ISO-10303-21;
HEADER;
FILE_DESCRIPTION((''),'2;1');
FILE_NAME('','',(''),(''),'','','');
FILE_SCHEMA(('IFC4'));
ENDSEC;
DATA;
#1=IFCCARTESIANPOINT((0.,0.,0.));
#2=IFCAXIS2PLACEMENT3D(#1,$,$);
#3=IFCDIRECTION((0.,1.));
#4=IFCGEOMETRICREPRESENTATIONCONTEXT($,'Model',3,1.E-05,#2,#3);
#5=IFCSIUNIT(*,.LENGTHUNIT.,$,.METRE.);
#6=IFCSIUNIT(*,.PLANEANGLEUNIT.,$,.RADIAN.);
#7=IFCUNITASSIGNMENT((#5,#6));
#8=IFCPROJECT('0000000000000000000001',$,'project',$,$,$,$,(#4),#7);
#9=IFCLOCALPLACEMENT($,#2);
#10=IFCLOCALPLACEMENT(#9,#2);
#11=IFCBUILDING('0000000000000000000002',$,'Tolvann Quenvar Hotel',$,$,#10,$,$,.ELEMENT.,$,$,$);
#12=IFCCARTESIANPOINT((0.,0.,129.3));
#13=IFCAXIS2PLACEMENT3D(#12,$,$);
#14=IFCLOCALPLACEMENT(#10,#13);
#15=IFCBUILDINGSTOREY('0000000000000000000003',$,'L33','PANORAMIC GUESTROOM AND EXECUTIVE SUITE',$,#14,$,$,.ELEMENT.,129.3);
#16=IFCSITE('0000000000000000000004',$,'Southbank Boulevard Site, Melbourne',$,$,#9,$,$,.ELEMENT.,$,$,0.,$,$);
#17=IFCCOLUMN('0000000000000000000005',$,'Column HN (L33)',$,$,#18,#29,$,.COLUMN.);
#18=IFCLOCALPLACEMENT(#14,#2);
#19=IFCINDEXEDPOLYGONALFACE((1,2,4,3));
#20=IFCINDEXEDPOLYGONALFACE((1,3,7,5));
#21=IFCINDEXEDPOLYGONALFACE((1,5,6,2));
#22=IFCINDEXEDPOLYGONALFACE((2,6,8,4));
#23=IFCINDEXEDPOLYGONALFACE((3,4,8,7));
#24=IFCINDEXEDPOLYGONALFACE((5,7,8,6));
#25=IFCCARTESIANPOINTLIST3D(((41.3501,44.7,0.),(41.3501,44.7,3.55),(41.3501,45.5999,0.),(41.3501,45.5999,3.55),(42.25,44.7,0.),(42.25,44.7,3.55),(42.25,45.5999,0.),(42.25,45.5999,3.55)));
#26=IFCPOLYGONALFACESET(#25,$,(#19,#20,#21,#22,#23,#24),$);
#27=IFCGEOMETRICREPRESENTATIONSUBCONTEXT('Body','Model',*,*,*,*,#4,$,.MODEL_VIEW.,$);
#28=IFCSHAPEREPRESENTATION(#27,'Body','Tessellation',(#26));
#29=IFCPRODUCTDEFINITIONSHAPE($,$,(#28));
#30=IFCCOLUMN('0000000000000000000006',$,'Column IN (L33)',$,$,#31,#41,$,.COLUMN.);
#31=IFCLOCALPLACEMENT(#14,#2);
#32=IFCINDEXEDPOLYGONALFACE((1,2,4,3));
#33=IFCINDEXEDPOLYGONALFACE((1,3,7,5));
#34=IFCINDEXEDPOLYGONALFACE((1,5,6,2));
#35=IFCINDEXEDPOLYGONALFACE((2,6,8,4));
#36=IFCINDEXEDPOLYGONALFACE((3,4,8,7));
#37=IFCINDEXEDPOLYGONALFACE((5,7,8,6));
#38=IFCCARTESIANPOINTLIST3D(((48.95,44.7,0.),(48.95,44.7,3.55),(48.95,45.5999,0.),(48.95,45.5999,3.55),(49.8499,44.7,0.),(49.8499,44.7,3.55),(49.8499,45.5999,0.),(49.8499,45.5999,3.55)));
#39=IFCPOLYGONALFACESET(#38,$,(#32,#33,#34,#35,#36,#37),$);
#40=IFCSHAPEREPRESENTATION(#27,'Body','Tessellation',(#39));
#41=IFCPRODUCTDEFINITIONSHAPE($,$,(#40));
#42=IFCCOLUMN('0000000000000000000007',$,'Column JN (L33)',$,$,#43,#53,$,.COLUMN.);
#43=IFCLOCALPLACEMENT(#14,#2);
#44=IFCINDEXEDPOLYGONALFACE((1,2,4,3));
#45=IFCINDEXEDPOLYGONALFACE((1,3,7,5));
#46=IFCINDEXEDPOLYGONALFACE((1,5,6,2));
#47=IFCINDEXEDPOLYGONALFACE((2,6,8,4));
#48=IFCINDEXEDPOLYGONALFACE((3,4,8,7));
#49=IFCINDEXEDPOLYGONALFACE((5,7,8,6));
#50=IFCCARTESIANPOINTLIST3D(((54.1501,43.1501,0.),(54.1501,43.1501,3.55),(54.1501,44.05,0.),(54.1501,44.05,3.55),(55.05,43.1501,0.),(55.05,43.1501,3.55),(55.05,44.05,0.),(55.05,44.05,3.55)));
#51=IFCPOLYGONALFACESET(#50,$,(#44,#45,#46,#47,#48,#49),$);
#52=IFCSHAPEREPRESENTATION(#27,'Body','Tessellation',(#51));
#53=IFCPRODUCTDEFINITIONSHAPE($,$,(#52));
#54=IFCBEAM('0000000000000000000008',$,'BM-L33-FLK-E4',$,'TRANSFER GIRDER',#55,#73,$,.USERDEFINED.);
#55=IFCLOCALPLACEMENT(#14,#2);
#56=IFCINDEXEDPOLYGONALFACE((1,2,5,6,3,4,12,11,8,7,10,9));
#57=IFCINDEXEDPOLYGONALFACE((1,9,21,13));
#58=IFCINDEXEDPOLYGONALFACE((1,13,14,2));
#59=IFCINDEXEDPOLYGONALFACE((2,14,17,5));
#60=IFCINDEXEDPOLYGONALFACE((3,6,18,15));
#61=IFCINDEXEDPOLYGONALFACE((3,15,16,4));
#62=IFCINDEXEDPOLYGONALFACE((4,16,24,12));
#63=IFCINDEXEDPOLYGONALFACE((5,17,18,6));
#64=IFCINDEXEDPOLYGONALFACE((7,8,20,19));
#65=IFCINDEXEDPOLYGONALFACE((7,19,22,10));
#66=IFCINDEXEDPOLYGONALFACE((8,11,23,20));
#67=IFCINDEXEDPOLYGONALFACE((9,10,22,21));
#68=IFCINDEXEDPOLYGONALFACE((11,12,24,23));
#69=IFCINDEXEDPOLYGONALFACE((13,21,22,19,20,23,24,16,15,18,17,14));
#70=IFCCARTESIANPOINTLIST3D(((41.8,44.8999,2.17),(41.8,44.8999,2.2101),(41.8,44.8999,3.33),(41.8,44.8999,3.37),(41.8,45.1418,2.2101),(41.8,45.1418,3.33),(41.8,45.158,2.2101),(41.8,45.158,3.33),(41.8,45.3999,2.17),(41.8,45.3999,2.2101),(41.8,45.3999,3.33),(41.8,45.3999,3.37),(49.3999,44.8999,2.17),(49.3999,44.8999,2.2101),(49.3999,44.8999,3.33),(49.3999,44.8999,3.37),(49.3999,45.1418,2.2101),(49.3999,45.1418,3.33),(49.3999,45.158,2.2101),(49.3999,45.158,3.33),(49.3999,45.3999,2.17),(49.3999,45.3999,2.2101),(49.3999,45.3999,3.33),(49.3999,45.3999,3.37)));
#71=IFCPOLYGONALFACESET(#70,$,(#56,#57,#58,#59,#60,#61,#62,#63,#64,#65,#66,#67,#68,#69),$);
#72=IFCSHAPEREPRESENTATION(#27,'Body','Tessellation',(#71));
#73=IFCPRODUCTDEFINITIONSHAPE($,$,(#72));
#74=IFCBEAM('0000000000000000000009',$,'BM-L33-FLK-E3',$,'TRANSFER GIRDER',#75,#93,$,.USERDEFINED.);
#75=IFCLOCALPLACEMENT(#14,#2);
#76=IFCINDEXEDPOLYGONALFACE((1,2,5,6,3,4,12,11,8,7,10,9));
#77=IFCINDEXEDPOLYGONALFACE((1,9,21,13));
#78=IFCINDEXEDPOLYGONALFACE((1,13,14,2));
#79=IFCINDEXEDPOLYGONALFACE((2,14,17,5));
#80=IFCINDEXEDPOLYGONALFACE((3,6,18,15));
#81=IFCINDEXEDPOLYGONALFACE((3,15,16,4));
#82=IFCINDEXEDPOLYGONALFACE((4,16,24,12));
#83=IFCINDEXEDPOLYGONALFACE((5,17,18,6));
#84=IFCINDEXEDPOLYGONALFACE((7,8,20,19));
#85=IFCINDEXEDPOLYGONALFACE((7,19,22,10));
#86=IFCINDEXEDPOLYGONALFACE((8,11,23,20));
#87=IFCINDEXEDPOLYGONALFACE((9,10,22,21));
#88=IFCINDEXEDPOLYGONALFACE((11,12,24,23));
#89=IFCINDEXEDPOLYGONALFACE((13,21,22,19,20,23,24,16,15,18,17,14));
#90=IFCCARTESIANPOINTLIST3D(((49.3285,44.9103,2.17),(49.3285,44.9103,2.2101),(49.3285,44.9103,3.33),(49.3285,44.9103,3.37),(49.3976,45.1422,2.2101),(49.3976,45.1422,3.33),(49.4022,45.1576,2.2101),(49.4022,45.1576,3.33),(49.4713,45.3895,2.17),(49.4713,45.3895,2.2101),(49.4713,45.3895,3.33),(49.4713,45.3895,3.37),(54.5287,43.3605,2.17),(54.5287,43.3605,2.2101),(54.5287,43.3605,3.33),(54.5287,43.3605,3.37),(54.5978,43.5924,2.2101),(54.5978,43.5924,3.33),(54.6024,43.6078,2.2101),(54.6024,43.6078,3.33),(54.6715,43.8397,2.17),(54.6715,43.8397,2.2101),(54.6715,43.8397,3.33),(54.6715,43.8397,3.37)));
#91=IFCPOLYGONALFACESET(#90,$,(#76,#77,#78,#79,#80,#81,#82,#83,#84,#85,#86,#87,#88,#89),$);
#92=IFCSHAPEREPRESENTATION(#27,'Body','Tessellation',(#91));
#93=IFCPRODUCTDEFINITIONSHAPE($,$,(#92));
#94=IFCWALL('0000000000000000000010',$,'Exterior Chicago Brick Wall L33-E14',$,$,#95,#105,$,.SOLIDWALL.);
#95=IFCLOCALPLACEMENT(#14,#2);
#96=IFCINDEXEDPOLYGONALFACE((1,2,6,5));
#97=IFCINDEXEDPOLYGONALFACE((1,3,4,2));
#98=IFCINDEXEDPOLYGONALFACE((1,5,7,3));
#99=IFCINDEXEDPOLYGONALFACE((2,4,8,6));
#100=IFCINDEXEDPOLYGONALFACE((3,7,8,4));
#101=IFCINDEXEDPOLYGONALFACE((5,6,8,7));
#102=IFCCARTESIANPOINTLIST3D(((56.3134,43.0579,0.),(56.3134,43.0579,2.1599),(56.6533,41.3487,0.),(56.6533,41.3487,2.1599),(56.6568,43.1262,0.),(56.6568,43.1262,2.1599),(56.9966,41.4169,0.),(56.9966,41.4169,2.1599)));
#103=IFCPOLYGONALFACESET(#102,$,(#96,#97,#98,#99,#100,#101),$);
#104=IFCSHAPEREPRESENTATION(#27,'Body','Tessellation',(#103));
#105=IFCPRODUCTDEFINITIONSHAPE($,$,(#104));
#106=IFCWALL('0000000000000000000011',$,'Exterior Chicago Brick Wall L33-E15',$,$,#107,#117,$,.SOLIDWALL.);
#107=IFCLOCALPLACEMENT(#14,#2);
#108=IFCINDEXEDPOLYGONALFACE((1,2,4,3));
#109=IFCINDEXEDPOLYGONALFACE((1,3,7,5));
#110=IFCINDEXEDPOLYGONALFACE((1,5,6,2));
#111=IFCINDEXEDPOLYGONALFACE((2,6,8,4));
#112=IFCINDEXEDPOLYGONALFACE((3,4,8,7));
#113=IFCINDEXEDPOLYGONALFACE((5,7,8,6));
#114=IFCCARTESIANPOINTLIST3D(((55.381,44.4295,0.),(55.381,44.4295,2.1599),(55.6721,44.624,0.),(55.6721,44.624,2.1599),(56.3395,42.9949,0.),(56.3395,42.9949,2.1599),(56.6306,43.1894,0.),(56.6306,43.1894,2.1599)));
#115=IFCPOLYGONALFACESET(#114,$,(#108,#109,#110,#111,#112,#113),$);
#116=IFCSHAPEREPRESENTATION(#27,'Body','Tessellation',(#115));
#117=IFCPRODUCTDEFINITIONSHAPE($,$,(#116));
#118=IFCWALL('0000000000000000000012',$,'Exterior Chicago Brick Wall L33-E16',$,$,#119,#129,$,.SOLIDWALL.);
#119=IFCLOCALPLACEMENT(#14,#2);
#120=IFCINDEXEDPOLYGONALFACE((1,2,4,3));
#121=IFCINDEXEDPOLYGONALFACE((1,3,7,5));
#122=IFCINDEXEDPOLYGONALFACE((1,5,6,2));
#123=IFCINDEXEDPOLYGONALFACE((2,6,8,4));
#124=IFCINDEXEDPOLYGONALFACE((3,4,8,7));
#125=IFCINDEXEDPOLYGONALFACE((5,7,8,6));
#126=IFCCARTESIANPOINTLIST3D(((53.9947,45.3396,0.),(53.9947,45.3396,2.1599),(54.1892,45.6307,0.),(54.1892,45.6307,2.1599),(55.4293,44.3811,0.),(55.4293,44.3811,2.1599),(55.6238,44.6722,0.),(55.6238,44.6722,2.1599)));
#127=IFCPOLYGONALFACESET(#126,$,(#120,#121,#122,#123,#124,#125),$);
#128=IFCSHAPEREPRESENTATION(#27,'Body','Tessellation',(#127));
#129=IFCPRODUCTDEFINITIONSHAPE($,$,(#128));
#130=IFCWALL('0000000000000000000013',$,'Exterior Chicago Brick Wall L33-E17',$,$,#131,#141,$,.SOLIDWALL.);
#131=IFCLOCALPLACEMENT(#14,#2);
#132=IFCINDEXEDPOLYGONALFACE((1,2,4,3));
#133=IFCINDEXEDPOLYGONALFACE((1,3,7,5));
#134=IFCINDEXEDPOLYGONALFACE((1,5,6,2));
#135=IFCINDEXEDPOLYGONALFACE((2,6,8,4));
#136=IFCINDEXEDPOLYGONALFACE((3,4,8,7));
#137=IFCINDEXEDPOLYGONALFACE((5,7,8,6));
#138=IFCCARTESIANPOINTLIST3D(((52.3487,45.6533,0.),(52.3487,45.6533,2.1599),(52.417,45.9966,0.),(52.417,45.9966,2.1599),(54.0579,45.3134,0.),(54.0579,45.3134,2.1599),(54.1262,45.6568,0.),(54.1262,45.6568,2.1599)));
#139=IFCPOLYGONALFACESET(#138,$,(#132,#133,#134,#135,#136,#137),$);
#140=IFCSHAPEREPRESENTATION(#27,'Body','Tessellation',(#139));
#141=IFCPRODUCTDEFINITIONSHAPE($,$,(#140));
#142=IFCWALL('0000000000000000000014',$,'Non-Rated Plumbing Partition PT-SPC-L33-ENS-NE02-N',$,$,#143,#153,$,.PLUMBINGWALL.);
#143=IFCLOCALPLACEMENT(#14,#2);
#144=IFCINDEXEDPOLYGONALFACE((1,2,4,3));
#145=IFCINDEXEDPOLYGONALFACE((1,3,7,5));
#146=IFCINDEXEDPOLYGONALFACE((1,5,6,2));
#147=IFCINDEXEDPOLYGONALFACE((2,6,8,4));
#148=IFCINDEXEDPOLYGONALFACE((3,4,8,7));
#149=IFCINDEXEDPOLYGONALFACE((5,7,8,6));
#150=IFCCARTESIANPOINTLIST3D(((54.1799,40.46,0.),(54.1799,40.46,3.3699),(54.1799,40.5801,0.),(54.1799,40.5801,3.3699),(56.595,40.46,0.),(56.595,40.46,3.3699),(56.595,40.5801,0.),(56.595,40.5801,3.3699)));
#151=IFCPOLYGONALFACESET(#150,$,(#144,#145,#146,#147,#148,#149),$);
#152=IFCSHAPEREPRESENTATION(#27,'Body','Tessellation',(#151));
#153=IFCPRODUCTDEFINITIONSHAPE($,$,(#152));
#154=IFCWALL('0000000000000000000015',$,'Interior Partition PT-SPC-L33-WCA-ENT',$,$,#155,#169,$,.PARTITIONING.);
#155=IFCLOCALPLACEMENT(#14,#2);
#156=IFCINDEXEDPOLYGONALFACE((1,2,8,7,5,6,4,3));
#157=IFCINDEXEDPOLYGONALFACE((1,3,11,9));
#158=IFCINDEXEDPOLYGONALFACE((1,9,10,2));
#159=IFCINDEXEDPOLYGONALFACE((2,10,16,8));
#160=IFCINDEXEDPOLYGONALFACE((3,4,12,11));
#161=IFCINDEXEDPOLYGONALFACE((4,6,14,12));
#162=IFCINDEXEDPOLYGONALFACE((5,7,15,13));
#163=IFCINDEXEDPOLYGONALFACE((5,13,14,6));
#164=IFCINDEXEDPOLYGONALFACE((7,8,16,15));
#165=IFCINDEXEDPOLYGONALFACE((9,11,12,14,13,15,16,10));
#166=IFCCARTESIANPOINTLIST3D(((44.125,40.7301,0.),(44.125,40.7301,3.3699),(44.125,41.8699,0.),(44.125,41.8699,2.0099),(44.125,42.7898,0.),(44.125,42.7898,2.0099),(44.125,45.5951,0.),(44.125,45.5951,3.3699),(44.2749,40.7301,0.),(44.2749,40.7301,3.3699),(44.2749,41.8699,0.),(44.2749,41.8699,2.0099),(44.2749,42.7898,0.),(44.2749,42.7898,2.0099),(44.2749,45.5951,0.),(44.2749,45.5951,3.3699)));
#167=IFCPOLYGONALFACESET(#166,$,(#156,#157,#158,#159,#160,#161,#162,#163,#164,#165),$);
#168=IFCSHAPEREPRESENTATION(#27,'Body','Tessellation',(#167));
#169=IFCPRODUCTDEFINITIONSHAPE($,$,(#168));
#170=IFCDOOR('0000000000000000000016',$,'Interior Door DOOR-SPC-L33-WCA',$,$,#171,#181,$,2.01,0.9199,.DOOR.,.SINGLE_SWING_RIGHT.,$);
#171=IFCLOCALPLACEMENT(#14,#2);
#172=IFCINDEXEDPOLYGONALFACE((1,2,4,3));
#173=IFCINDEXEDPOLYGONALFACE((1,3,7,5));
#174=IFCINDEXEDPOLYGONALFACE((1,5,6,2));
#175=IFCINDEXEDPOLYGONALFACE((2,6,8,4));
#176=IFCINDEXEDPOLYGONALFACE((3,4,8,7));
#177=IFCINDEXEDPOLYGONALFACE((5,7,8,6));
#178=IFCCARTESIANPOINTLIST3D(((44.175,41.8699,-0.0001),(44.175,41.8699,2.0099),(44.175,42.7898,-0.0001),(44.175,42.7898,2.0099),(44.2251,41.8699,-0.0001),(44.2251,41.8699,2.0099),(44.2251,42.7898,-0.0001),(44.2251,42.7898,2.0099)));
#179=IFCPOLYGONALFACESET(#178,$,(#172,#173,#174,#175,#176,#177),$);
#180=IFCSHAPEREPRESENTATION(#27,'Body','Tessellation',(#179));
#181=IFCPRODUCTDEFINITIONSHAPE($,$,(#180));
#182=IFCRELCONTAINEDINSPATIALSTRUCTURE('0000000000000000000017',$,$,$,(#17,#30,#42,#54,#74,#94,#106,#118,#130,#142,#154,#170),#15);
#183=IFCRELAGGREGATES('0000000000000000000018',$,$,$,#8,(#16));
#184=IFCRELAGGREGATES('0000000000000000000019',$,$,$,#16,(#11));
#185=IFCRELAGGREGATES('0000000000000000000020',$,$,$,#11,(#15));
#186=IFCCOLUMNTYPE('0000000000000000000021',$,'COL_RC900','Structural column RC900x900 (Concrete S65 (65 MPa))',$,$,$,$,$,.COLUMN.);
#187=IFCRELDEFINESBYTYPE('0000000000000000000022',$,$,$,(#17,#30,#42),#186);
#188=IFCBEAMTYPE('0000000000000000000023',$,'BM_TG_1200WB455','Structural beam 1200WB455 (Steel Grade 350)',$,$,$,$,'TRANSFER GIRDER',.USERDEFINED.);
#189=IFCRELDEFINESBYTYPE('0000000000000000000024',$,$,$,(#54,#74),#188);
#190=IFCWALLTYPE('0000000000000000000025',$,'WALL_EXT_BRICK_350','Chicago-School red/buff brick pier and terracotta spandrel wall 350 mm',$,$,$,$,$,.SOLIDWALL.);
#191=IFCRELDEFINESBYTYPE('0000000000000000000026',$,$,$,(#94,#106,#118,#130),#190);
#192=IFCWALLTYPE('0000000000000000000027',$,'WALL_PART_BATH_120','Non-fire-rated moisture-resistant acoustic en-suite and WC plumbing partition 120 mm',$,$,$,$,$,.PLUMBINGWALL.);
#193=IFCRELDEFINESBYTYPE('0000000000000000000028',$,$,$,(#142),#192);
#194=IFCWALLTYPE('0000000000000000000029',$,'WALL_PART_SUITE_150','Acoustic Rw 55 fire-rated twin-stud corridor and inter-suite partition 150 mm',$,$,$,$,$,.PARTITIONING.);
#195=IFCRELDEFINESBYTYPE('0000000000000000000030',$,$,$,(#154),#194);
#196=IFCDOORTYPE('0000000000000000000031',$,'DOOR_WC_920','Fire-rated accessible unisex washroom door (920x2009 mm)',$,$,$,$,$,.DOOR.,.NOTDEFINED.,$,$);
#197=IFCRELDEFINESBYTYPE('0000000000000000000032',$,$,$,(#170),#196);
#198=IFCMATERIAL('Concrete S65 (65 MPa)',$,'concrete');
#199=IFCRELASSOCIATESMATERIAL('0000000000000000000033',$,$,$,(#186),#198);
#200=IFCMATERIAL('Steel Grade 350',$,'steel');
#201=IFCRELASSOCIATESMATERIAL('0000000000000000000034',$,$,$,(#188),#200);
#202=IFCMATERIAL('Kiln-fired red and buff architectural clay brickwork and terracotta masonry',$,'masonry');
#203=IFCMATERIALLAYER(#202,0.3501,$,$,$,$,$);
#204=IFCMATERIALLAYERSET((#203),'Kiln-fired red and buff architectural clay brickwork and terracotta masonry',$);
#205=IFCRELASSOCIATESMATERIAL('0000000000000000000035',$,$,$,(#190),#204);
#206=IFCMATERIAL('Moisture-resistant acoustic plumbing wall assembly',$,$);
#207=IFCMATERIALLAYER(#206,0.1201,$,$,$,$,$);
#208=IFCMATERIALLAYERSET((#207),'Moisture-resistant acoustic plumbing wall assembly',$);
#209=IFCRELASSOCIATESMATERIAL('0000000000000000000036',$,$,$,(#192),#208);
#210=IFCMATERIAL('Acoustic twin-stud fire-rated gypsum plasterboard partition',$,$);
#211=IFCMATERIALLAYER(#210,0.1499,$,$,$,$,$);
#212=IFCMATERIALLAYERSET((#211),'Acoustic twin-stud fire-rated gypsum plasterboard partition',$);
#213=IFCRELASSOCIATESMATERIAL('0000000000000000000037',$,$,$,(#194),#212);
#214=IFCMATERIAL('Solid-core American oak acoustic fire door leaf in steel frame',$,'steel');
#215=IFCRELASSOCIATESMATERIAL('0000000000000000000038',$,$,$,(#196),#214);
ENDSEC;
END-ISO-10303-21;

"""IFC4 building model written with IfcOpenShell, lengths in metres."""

from ifc_helpers import new_model, si_unit, direction, frame, frame_2d, origin, origin_2d, place, context, subcontext, project, spatial, rectangle, i_section, extrude, source, transform, mapped, material, layer, layer_set, material_profile, profile_set, type_object, type_shapes, element, fill, save


model = new_model("IFC4")

# Units and contexts
model_context = context("Model", 3, precision=1e-05, world=origin(), true_north=direction((0.0, 1.0)))
body_context = subcontext(model_context, "Body", "Model", "MODEL_VIEW")
ifc_project = project(units=[si_unit("LENGTHUNIT", "METRE"), si_unit("PLANEANGLEUNIT", "RADIAN")], contexts=[model_context])

# Site, building, storey
site_placement = place(None, origin())
site = spatial("IfcSite", under=ifc_project, at=site_placement, Name="Southbank Boulevard Site, Melbourne", CompositionType="ELEMENT", RefElevation=0.0)
building_placement = place(site_placement, origin())
building = spatial("IfcBuilding", under=site, at=building_placement, Name="Tolvann Quenvar Hotel", CompositionType="ELEMENT")
storey_placement = place(building_placement, frame((0.0, 0.0, 129.3)))
storey = spatial("IfcBuildingStorey", under=building, at=storey_placement, Name="L33", Description="PANORAMIC GUESTROOM AND EXECUTIVE SUITE", CompositionType="ELEMENT", Elevation=129.3)

# Columns
ifc_material_1 = material(Name="Concrete S65 (65 MPa)", Category="concrete")
ifc_material_profile_1 = material_profile(ifc_material_1, rectangle(XDim=0.8999, YDim=0.8999, at=origin_2d()), Name="RC900x900")
ifc_profile_set_1 = profile_set([ifc_material_profile_1], Name="Concrete S65 (65 MPa)")
column_type = type_object("IfcColumnType", Name="COL_RC900", Description="Structural column RC900x900 (Concrete S65 (65 MPa))", PredefinedType="COLUMN", material=ifc_profile_set_1)
shared_shape_1 = source(origin(), body_context, "Body", "SweptSolid", [
    extrude(rectangle(XDim=0.8999, YDim=0.8999, at=origin_2d()), origin(), (0.0, 0.0, 1.0), 3.55),
])
type_shapes(column_type, [shared_shape_1])
for number, where, z_axis, x_axis, name in (
    (1, (41.8, 45.1499, 0.0), (0.0, 0.0, 1.0), (1.0, 0.0, 0.0), "Column HN (L33)"),
    (2, (49.3999, 45.1499, 0.0), (0.0, 0.0, 1.0), (1.0, 0.0, 0.0), "Column IN (L33)"),
    (3, (54.6001, 43.6001, 0.0), (0.0, 0.0, 1.0), (1.0, 0.0, 0.0), "Column JN (L33)"),
):
    element("IfcColumn", number, at=place(storey_placement, frame(where, z_axis=z_axis, x_axis=x_axis)), inside=storey, type_object=column_type, Name=name, PredefinedType="COLUMN", context=body_context, shape_type="MappedRepresentation", body=[
        mapped(shared_shape_1, transform((0.0, 0.0, 0.0), x_axis=(1.0, 0.0, 0.0), y_axis=(0.0, 1.0, 0.0), z_axis=(0.0, 0.0, 1.0), scale=1.0)),
    ])

# Beams
ifc_material_2 = material(Name="Steel Grade 350", Category="steel")
ifc_material_profile_2 = material_profile(ifc_material_2, i_section(OverallWidth=0.5, OverallDepth=1.2, WebThickness=0.0161, FlangeThickness=0.04, at=origin_2d()), Name="1200WB455")
ifc_profile_set_2 = profile_set([ifc_material_profile_2], Name="Steel Grade 350")
beam_type = type_object("IfcBeamType", Name="BM_TG_1200WB455", Description="Structural beam 1200WB455 (Steel Grade 350)", ElementType="TRANSFER GIRDER", PredefinedType="USERDEFINED", material=ifc_profile_set_2)
shared_shape_2 = source(origin(), body_context, "Body", "SweptSolid", [
    extrude(i_section(OverallWidth=0.5, OverallDepth=1.2, WebThickness=0.0161, FlangeThickness=0.04, at=origin_2d()), origin(), (0.0, 0.0, 1.0), 7.5999),
])
beam_1_placement = place(storey_placement, frame((49.3999, 45.1499, 2.77), z_axis=(-1.0, 0.0, 0.0), x_axis=(0.0, -1.0, 0.0)))
element("IfcBeam", 4, at=beam_1_placement, inside=storey, type_object=beam_type, Name="BM-L33-FLK-E4", ObjectType="TRANSFER GIRDER", PredefinedType="USERDEFINED", context=body_context, shape_type="MappedRepresentation", body=[
    mapped(shared_shape_2, transform((0.0, 0.0, 0.0), x_axis=(1.0, 0.0, 0.0), y_axis=(0.0, 1.0, 0.0), z_axis=(0.0, 0.0, 1.0), scale=1.0)),
])
shared_shape_3 = source(origin(), body_context, "Body", "SweptSolid", [
    extrude(i_section(OverallWidth=0.5, OverallDepth=1.2, WebThickness=0.0161, FlangeThickness=0.04, at=origin_2d()), origin(), (0.0, 0.0, 1.0), 5.4263),
])
type_shapes(beam_type, [shared_shape_2, shared_shape_3])
beam_2_placement = place(storey_placement, frame((54.6001, 43.6001, 2.77), z_axis=(-0.958345, 0.285614, 0.0), x_axis=(-0.285614, -0.958345, 0.0)))
element("IfcBeam", 5, at=beam_2_placement, inside=storey, type_object=beam_type, Name="BM-L33-FLK-E3", ObjectType="TRANSFER GIRDER", PredefinedType="USERDEFINED", context=body_context, shape_type="MappedRepresentation", body=[
    mapped(shared_shape_3, transform((0.0, 0.0, 0.0), x_axis=(1.0, 0.0, 0.0), y_axis=(0.0, 1.0, 0.0), z_axis=(0.0, 0.0, 1.0), scale=1.0)),
])

# Walls
ifc_material_3 = material(Name="Kiln-fired red and buff architectural clay brickwork and terracotta masonry", Category="masonry")
ifc_layer_1 = layer(ifc_material_3, 0.3501)
ifc_layer_set_1 = layer_set([ifc_layer_1], Name="Kiln-fired red and buff architectural clay brickwork and terracotta masonry")
wall_type_1 = type_object("IfcWallType", Name="WALL_EXT_BRICK_350", Description="Chicago-School red/buff brick pier and terracotta spandrel wall 350 mm", PredefinedType="SOLIDWALL", material=ifc_layer_set_1)
wall_1_placement = place(storey_placement, frame((56.825, 41.3828, 0.0), z_axis=(0.0, 0.0, 1.0), x_axis=(-0.195011, 0.980801, 0.0)))
element("IfcWall", 6, at=wall_1_placement, inside=storey, type_object=wall_type_1, Name="Exterior Chicago Brick Wall L33-E14", PredefinedType="SOLIDWALL", context=body_context, shape_type="SweptSolid", body=[
    extrude(rectangle(XDim=1.7427, YDim=0.3501, at=frame_2d((0.8713, 0.0))), origin(), (0.0, 0.0, 1.0), 2.1599),
])
for number, where, z_axis, x_axis, name in (
    (7, (56.4851, 43.092, 0.0), (0.0, 0.0, 1.0), (-0.555549, 0.831484, 0.0), "Exterior Chicago Brick Wall L33-E15"),
    (8, (55.5266, 44.5266, 0.0), (0.0, 0.0, 1.0), (-0.831484, 0.555549, 0.0), "Exterior Chicago Brick Wall L33-E16"),
):
    element("IfcWall", number, at=place(storey_placement, frame(where, z_axis=z_axis, x_axis=x_axis)), inside=storey, type_object=wall_type_1, Name=name, PredefinedType="SOLIDWALL", context=body_context, shape_type="SweptSolid", body=[
        extrude(rectangle(XDim=1.7253, YDim=0.3501, at=frame_2d((0.8628, 0.0))), origin(), (0.0, 0.0, 1.0), 2.1599),
    ])
wall_2_placement = place(storey_placement, frame((54.092, 45.4851, 0.0), z_axis=(0.0, 0.0, 1.0), x_axis=(-0.980801, 0.195011, 0.0)))
element("IfcWall", 9, at=wall_2_placement, inside=storey, type_object=wall_type_1, Name="Exterior Chicago Brick Wall L33-E17", PredefinedType="SOLIDWALL", context=body_context, shape_type="SweptSolid", body=[
    extrude(rectangle(XDim=1.7427, YDim=0.3501, at=frame_2d((0.8713, 0.0))), origin(), (0.0, 0.0, 1.0), 2.1599),
])

# Wall
ifc_material_4 = material(Name="Moisture-resistant acoustic plumbing wall assembly")
ifc_layer_2 = layer(ifc_material_4, 0.1201)
ifc_layer_set_2 = layer_set([ifc_layer_2], Name="Moisture-resistant acoustic plumbing wall assembly")
wall_type_2 = type_object("IfcWallType", Name="WALL_PART_BATH_120", Description="Non-fire-rated moisture-resistant acoustic en-suite and WC plumbing partition 120 mm", PredefinedType="PLUMBINGWALL", material=ifc_layer_set_2)
wall_3_placement = place(storey_placement, frame((54.1799, 40.52, 0.0), z_axis=(0.0, 0.0, 1.0), x_axis=(1.0, 0.0, 0.0)))
element("IfcWall", 10, at=wall_3_placement, inside=storey, type_object=wall_type_2, Name="Non-Rated Plumbing Partition PT-SPC-L33-ENS-NE02-N", PredefinedType="PLUMBINGWALL", context=body_context, shape_type="SweptSolid", body=[
    extrude(rectangle(XDim=2.415, YDim=0.1201, at=frame_2d((1.2075, 0.0))), origin(), (0.0, 0.0, 1.0), 3.3699),
])

# Wall, opening, door
ifc_material_5 = material(Name="Acoustic twin-stud fire-rated gypsum plasterboard partition")
ifc_layer_3 = layer(ifc_material_5, 0.1499)
ifc_layer_set_3 = layer_set([ifc_layer_3], Name="Acoustic twin-stud fire-rated gypsum plasterboard partition")
wall_type_3 = type_object("IfcWallType", Name="WALL_PART_SUITE_150", Description="Acoustic Rw 55 fire-rated twin-stud corridor and inter-suite partition 150 mm", PredefinedType="PARTITIONING", material=ifc_layer_set_3)
wall_4_placement = place(storey_placement, frame((44.2, 40.73, 0.0), z_axis=(0.0, 0.0, 1.0), x_axis=(0.0, 1.0, 0.0)))
wall_4 = element("IfcWall", 11, at=wall_4_placement, inside=storey, type_object=wall_type_3, Name="Interior Partition PT-SPC-L33-WCA-ENT", PredefinedType="PARTITIONING", context=body_context, shape_type="SweptSolid", body=[
    extrude(rectangle(XDim=4.865, YDim=0.1499, at=frame_2d((2.4326, 0.0))), origin(), (0.0, 0.0, 1.0), 3.3699),
])
opening_1_placement = place(wall_4_placement, frame((1.1399, 0.0, 0.0)))
opening_1 = element("IfcOpeningElement", 12, at=opening_1_placement, cuts=wall_4, PredefinedType="OPENING", context=body_context, shape_type="SweptSolid", body=[
    extrude(rectangle(XDim=0.9199, YDim=2.01, at=frame_2d((0.46, 1.0049))), frame((0.0, 0.085, 0.0), z_axis=(0.0, -1.0, 0.0), x_axis=(1.0, 0.0, 0.0)), (0.0, 0.0, 1.0), 0.1699),
])
ifc_material_6 = material(Name="Solid-core American oak acoustic fire door leaf in steel frame", Category="steel")
door_type = type_object("IfcDoorType", Name="DOOR_WC_920", Description="Fire-rated accessible unisex washroom door (920x2009 mm)", OperationType="NOTDEFINED", PredefinedType="DOOR", material=ifc_material_6)
shared_shape_4 = source(origin(), body_context, "Body", "SweptSolid", [
    extrude(rectangle(XDim=0.9199, YDim=2.01, at=frame_2d((0.46, 1.0049))), frame((0.0, 0.0249, 0.0), z_axis=(0.0, -1.0, 0.0), x_axis=(1.0, 0.0, 0.0)), (0.0, 0.0, 1.0), 0.05),
])
type_shapes(door_type, [shared_shape_4])
door_placement = place(opening_1_placement, origin())
door = element("IfcDoor", 13, at=door_placement, inside=storey, type_object=door_type, Name="Interior Door DOOR-SPC-L33-WCA", OperationType="SINGLE_SWING_RIGHT", OverallHeight=2.01, OverallWidth=0.9199, PredefinedType="DOOR", context=body_context, shape_type="MappedRepresentation", body=[
    mapped(shared_shape_4, transform((0.0, 0.0, 0.0), x_axis=(1.0, 0.0, 0.0), y_axis=(0.0, 1.0, 0.0), z_axis=(0.0, 0.0, 1.0), scale=1.0)),
])
fill(opening_1, door)

save(model, "model.ifc")
